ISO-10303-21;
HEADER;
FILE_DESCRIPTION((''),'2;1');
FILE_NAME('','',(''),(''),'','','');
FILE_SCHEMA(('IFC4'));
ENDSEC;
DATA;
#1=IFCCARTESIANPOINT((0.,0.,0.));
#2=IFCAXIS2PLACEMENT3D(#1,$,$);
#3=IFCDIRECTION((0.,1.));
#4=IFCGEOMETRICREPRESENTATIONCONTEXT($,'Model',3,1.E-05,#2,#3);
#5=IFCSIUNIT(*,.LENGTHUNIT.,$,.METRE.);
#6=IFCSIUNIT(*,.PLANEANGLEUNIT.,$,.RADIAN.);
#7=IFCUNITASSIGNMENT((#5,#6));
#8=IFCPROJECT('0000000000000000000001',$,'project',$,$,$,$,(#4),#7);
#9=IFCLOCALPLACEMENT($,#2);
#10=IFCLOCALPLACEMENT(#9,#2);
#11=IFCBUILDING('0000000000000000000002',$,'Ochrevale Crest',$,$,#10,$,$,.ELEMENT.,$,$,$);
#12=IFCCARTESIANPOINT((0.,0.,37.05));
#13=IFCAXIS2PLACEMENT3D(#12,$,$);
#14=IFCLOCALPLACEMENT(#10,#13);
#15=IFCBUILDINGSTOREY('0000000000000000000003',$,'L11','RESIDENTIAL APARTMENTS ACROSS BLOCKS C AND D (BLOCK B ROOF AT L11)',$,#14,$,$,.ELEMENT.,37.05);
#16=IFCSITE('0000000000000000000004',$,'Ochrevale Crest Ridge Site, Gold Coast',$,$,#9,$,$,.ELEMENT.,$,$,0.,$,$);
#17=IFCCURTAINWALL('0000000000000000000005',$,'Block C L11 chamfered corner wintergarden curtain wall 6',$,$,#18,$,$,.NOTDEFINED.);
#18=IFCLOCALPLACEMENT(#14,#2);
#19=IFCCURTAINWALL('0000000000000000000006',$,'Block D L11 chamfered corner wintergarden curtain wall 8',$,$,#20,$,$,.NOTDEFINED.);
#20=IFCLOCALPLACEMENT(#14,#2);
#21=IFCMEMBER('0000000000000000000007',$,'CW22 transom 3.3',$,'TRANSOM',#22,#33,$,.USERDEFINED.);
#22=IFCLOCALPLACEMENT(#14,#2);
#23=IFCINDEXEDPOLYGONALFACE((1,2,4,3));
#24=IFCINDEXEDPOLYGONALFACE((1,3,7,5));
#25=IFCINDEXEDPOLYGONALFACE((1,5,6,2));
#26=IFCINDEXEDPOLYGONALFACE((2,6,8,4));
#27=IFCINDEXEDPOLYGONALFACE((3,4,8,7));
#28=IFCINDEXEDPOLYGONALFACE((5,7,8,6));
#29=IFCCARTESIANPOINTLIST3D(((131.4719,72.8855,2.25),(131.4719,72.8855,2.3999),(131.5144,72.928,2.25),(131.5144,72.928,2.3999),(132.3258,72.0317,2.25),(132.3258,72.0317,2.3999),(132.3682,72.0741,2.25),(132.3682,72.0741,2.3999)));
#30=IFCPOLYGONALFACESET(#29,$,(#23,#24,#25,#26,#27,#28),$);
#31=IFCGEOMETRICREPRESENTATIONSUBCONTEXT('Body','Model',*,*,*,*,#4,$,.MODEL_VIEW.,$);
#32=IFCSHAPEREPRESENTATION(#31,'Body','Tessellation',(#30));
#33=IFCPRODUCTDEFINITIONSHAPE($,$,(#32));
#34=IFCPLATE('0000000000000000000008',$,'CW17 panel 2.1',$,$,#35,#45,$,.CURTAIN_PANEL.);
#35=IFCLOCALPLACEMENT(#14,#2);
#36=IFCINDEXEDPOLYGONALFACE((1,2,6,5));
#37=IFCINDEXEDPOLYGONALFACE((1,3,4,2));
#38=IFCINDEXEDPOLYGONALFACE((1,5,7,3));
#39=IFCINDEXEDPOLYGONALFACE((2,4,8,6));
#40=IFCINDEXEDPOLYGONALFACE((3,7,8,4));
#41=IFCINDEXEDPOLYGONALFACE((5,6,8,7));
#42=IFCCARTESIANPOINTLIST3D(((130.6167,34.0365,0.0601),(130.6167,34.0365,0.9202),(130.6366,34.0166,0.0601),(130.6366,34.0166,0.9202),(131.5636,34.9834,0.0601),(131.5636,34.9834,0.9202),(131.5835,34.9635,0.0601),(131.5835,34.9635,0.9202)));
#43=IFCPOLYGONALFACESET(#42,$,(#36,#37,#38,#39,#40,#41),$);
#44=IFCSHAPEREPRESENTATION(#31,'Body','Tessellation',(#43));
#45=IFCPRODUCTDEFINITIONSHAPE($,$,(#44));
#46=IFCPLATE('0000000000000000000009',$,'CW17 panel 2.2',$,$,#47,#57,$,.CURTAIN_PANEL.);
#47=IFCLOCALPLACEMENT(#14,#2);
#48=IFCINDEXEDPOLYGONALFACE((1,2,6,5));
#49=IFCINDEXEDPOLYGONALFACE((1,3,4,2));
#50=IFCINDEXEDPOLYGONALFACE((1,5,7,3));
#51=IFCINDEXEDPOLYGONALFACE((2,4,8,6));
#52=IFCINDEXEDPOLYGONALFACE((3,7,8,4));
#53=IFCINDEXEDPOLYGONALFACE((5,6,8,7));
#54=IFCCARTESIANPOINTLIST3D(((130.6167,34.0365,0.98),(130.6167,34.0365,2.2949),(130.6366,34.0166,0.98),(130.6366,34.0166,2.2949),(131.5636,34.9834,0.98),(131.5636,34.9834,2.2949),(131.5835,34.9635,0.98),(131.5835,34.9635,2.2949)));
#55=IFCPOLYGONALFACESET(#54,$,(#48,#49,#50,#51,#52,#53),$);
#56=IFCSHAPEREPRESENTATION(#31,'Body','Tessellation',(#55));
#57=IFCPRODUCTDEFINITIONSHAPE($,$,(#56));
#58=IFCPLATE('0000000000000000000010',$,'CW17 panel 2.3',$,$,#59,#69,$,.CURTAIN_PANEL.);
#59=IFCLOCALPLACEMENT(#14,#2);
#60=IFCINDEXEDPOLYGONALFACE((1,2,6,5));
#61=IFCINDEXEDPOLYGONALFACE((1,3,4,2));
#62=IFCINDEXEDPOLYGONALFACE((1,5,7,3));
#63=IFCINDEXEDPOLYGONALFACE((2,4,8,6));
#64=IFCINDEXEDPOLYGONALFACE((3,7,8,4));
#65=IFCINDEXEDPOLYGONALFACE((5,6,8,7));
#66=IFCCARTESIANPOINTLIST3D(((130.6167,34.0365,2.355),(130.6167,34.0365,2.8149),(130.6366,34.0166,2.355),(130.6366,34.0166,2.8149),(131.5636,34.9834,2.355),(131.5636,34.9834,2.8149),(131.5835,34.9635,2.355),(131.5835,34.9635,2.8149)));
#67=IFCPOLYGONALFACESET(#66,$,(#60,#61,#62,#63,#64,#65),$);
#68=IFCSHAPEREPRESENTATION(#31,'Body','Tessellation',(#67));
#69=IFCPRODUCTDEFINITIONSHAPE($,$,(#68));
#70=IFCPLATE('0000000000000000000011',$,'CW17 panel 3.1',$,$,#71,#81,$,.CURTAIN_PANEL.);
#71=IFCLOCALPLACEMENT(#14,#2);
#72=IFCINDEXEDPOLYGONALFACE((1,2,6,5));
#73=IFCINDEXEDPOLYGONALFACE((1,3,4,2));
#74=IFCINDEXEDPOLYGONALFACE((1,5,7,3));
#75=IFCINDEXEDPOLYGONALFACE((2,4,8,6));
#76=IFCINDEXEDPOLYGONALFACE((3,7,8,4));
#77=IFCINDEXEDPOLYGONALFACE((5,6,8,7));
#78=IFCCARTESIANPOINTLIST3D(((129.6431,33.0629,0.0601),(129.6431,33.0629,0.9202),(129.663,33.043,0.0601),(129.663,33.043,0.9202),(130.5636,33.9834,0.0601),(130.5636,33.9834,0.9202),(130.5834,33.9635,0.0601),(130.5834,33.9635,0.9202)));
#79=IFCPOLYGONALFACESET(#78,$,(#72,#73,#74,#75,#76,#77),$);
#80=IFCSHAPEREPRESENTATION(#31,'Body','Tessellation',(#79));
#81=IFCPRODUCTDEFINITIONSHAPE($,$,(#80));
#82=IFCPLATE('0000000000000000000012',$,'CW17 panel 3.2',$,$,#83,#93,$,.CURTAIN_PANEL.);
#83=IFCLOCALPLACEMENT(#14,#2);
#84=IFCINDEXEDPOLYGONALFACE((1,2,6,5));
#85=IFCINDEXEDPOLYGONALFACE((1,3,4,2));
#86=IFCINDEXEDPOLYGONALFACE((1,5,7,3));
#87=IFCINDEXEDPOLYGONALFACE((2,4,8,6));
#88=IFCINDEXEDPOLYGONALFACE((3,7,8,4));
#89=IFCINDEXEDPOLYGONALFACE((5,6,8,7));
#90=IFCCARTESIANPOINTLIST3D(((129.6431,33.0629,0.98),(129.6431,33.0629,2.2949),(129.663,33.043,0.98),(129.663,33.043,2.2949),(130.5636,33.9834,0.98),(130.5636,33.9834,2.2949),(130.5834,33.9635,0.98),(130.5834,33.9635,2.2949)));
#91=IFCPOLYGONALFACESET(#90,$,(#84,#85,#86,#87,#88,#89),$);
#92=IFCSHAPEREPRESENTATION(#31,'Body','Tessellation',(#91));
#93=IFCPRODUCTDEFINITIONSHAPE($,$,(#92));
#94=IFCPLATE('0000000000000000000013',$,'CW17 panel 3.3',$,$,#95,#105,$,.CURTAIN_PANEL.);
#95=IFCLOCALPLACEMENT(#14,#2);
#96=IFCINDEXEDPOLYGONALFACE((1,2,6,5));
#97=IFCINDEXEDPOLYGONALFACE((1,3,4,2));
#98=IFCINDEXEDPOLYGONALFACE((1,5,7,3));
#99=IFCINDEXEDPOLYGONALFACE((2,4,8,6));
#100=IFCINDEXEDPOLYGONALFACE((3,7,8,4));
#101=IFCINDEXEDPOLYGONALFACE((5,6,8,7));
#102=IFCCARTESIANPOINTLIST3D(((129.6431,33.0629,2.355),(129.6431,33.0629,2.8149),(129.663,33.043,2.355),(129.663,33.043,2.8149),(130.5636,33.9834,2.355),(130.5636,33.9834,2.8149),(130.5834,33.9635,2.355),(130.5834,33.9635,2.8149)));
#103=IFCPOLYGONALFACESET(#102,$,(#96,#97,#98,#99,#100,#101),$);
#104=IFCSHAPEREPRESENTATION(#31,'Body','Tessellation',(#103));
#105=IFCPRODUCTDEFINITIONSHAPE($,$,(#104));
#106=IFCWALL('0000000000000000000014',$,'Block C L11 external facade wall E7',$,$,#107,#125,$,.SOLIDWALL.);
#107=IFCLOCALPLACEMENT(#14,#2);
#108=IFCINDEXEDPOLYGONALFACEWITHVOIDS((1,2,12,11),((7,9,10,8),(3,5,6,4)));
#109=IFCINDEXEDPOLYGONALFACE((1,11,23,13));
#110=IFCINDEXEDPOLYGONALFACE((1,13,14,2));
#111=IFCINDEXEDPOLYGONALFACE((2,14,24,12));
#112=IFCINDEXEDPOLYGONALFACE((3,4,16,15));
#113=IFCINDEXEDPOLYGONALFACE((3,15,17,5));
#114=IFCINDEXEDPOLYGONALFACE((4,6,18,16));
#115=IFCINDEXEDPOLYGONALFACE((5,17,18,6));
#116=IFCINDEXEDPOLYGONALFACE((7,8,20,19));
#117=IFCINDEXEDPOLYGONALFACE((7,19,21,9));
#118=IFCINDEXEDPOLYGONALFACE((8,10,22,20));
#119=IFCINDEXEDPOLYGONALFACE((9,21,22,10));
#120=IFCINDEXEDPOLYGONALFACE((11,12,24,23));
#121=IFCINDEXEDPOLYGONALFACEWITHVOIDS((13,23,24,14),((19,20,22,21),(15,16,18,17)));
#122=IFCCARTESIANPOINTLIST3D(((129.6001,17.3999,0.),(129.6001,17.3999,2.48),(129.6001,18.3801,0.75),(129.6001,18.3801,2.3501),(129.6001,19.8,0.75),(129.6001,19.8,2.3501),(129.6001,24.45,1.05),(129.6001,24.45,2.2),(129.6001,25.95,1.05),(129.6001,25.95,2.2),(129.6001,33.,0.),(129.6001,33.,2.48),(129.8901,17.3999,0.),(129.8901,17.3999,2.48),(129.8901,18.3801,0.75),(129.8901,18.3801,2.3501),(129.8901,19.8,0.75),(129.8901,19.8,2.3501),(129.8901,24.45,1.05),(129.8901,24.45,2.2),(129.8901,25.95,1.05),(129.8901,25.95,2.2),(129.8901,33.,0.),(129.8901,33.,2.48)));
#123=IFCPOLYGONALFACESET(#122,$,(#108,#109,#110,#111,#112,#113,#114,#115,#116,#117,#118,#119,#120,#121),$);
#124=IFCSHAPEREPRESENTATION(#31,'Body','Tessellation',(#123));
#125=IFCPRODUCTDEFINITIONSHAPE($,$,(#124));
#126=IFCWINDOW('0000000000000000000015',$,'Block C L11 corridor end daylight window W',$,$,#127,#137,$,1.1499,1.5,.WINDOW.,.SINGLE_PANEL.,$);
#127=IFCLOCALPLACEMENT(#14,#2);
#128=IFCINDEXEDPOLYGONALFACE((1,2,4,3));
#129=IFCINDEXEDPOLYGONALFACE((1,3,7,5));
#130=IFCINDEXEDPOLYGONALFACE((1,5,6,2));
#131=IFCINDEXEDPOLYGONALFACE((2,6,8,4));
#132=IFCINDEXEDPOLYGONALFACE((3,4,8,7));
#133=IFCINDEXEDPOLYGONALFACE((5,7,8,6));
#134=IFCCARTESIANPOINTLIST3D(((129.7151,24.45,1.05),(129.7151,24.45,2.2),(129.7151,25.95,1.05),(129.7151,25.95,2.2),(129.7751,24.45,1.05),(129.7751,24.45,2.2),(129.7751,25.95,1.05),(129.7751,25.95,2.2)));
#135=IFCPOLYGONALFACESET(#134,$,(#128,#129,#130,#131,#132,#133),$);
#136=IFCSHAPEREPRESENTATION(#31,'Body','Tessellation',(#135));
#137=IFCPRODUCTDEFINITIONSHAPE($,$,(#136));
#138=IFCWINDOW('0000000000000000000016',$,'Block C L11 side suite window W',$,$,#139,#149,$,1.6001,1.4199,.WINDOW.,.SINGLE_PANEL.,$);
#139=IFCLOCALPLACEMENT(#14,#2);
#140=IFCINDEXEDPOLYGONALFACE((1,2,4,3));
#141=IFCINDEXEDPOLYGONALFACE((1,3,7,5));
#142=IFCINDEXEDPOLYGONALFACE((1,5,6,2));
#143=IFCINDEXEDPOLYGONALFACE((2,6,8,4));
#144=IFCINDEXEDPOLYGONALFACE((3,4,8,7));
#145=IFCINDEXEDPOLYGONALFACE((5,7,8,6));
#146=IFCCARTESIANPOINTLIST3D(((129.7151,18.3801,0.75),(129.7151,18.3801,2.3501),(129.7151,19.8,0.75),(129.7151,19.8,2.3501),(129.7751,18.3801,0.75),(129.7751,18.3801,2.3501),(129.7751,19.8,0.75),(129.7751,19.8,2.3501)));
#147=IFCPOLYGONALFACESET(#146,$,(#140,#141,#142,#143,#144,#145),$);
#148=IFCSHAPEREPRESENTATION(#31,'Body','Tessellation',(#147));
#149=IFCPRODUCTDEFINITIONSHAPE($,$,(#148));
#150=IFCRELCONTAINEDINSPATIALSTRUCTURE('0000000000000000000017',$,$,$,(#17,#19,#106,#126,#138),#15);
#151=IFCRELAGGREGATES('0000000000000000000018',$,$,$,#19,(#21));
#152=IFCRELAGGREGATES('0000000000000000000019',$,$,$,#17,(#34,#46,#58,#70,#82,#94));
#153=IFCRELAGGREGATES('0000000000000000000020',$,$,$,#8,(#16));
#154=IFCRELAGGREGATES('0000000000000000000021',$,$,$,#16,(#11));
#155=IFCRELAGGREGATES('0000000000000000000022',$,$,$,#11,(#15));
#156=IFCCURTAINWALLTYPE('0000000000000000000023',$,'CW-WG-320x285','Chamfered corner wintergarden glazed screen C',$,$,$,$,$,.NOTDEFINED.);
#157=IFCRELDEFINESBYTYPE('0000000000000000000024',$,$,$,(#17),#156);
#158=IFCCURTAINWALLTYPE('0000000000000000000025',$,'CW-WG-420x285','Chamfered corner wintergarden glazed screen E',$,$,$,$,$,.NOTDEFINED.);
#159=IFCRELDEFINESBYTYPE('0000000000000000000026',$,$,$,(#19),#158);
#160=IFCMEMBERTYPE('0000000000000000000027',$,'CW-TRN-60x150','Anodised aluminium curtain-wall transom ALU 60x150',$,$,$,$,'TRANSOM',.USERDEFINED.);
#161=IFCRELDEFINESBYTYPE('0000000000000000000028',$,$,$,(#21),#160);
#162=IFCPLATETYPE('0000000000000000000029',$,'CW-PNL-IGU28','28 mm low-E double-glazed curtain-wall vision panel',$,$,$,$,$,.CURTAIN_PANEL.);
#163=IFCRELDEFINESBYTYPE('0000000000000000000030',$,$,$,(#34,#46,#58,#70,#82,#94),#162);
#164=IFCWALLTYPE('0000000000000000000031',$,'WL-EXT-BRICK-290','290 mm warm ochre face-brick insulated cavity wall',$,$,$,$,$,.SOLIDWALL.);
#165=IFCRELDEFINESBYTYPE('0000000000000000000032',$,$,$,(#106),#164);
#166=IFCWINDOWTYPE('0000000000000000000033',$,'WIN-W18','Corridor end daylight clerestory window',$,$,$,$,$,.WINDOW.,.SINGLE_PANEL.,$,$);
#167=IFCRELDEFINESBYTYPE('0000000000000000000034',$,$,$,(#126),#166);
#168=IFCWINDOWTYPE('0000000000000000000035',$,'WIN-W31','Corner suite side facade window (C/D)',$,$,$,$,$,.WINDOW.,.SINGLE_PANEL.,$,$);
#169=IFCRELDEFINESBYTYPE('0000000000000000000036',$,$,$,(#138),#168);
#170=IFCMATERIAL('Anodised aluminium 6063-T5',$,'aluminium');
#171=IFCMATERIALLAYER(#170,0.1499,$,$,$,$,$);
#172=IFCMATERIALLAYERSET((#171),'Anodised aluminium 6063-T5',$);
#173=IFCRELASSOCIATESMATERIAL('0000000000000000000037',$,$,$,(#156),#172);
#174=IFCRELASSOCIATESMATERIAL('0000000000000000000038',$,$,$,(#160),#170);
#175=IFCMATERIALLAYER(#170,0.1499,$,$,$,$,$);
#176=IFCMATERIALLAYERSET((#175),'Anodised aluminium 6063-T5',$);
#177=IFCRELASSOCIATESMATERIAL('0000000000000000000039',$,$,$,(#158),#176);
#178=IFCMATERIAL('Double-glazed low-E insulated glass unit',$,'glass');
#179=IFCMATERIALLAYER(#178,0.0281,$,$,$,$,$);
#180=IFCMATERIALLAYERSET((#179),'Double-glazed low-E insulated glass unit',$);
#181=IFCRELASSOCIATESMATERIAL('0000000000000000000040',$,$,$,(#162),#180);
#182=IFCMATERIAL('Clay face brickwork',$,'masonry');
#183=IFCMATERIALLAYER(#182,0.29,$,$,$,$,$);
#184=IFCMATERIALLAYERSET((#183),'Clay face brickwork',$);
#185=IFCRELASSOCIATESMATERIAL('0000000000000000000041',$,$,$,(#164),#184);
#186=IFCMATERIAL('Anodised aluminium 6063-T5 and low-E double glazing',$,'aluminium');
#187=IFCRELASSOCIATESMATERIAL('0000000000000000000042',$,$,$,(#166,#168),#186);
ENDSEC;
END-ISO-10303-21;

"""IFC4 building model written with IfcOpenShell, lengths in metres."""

from ifc_helpers import new_model, si_unit, direction, frame, frame_2d, origin, origin_2d, place, context, subcontext, project, spatial, rectangle, extrude, material, layer, layer_set, material_profile, profile_set, type_object, element, fill, aggregate, save


model = new_model("IFC4")

# Units and contexts
model_context = context("Model", 3, precision=1e-05, world=origin(), true_north=direction((0.0, 1.0)))
body_context = subcontext(model_context, "Body", "Model", "MODEL_VIEW")
ifc_project = project(units=[si_unit("LENGTHUNIT", "METRE"), si_unit("PLANEANGLEUNIT", "RADIAN")], contexts=[model_context])

# Site, building, storey
site_placement = place(None, origin())
site = spatial("IfcSite", under=ifc_project, at=site_placement, Name="Ochrevale Crest Ridge Site, Gold Coast", CompositionType="ELEMENT", RefElevation=0.0)
building_placement = place(site_placement, origin())
building = spatial("IfcBuilding", under=site, at=building_placement, Name="Ochrevale Crest", CompositionType="ELEMENT")
storey_placement = place(building_placement, frame((0.0, 0.0, 37.05)))
storey = spatial("IfcBuildingStorey", under=building, at=storey_placement, Name="L11", Description="RESIDENTIAL APARTMENTS ACROSS BLOCKS C AND D (BLOCK B ROOF AT L11)", CompositionType="ELEMENT", Elevation=37.05)

# Curtain walls, member
ifc_material_1 = material(Name="Anodised aluminium 6063-T5", Category="aluminium")
ifc_layer_1 = layer(ifc_material_1, 0.1499)
ifc_layer_set_1 = layer_set([ifc_layer_1], Name="Anodised aluminium 6063-T5")
curtain_wall_type_1 = type_object("IfcCurtainWallType", Name="CW-WG-320x285", Description="Chamfered corner wintergarden glazed screen C", PredefinedType="NOTDEFINED", material=ifc_layer_set_1)
curtain_wall_1_placement = place(storey_placement, origin())
curtain_wall_1 = element("IfcCurtainWall", 1, at=curtain_wall_1_placement, inside=storey, type_object=curtain_wall_type_1, Name="Block C L11 chamfered corner wintergarden curtain wall 6", PredefinedType="NOTDEFINED")
ifc_material_profile_1 = material_profile(ifc_material_1, rectangle(XDim=0.0601, YDim=0.1499, at=origin_2d()), Name="ALU 60x150")
ifc_profile_set_1 = profile_set([ifc_material_profile_1], Name="Anodised aluminium 6063-T5")
member_type_1 = type_object("IfcMemberType", Name="CW-TRN-60x150", Description="Anodised aluminium curtain-wall transom ALU 60x150", ElementType="TRANSOM", PredefinedType="USERDEFINED", material=ifc_profile_set_1)
ifc_layer_2 = layer(ifc_material_1, 0.1499)
ifc_layer_set_2 = layer_set([ifc_layer_2], Name="Anodised aluminium 6063-T5")
curtain_wall_type_2 = type_object("IfcCurtainWallType", Name="CW-WG-420x285", Description="Chamfered corner wintergarden glazed screen E", PredefinedType="NOTDEFINED", material=ifc_layer_set_2)
curtain_wall_2_placement = place(storey_placement, origin())
curtain_wall_2 = element("IfcCurtainWall", 2, at=curtain_wall_2_placement, inside=storey, type_object=curtain_wall_type_2, Name="Block D L11 chamfered corner wintergarden curtain wall 8", PredefinedType="NOTDEFINED")
member_1_placement = place(storey_placement, frame((131.4932, 72.9067, 2.325), z_axis=(0.707107, -0.707107, 0.0), x_axis=(0.707107, 0.707107, 0.0)))
member_1 = element("IfcMember", 3, at=member_1_placement, type_object=member_type_1, Name="CW22 transom 3.3", ObjectType="TRANSOM", PredefinedType="USERDEFINED", context=body_context, shape_type="SweptSolid", body=[
    extrude(rectangle(XDim=0.0601, YDim=0.1499, at=origin_2d()), origin(), (0.0, 0.0, 1.0), 1.2075),
])
aggregate(curtain_wall_2, [member_1])

# Plates
ifc_material_2 = material(Name="Double-glazed low-E insulated glass unit", Category="glass")
ifc_layer_3 = layer(ifc_material_2, 0.0281)
ifc_layer_set_3 = layer_set([ifc_layer_3], Name="Double-glazed low-E insulated glass unit")
plate_type = type_object("IfcPlateType", Name="CW-PNL-IGU28", Description="28 mm low-E double-glazed curtain-wall vision panel", PredefinedType="CURTAIN_PANEL", material=ifc_layer_set_3)
plate_1_placement = place(storey_placement, frame((131.1001, 34.5, 0.0601), z_axis=(0.0, 0.0, 1.0), x_axis=(-0.707107, -0.707107, 0.0)))
plate_1 = element("IfcPlate", 4, at=plate_1_placement, type_object=plate_type, Name="CW17 panel 2.1", PredefinedType="CURTAIN_PANEL", context=body_context, shape_type="SweptSolid", body=[
    extrude(rectangle(XDim=1.3391, YDim=0.0281, at=origin_2d()), origin(), (0.0, 0.0, 1.0), 0.8601),
])
plate_2_placement = place(storey_placement, frame((131.1001, 34.5, 0.98), z_axis=(0.0, 0.0, 1.0), x_axis=(-0.707107, -0.707107, 0.0)))
plate_2 = element("IfcPlate", 5, at=plate_2_placement, type_object=plate_type, Name="CW17 panel 2.2", PredefinedType="CURTAIN_PANEL", context=body_context, shape_type="SweptSolid", body=[
    extrude(rectangle(XDim=1.3391, YDim=0.0281, at=origin_2d()), origin(), (0.0, 0.0, 1.0), 1.3149),
])
plate_3_placement = place(storey_placement, frame((131.1001, 34.5, 2.355), z_axis=(0.0, 0.0, 1.0), x_axis=(-0.707107, -0.707107, 0.0)))
plate_3 = element("IfcPlate", 6, at=plate_3_placement, type_object=plate_type, Name="CW17 panel 2.3", PredefinedType="CURTAIN_PANEL", context=body_context, shape_type="SweptSolid", body=[
    extrude(rectangle(XDim=1.3391, YDim=0.0281, at=origin_2d()), origin(), (0.0, 0.0, 1.0), 0.46),
])
plate_4_placement = place(storey_placement, frame((130.1133, 33.5132, 0.0601), z_axis=(0.0, 0.0, 1.0), x_axis=(-0.707107, -0.707107, 0.0)))
plate_4 = element("IfcPlate", 7, at=plate_4_placement, type_object=plate_type, Name="CW17 panel 3.1", PredefinedType="CURTAIN_PANEL", context=body_context, shape_type="SweptSolid", body=[
    extrude(rectangle(XDim=1.3018, YDim=0.0281, at=origin_2d()), origin(), (0.0, 0.0, 1.0), 0.8601),
])
plate_5_placement = place(storey_placement, frame((130.1133, 33.5132, 0.98), z_axis=(0.0, 0.0, 1.0), x_axis=(-0.707107, -0.707107, 0.0)))
plate_5 = element("IfcPlate", 8, at=plate_5_placement, type_object=plate_type, Name="CW17 panel 3.2", PredefinedType="CURTAIN_PANEL", context=body_context, shape_type="SweptSolid", body=[
    extrude(rectangle(XDim=1.3018, YDim=0.0281, at=origin_2d()), origin(), (0.0, 0.0, 1.0), 1.3149),
])
plate_6_placement = place(storey_placement, frame((130.1133, 33.5132, 2.355), z_axis=(0.0, 0.0, 1.0), x_axis=(-0.707107, -0.707107, 0.0)))
plate_6 = element("IfcPlate", 9, at=plate_6_placement, type_object=plate_type, Name="CW17 panel 3.3", PredefinedType="CURTAIN_PANEL", context=body_context, shape_type="SweptSolid", body=[
    extrude(rectangle(XDim=1.3018, YDim=0.0281, at=origin_2d()), origin(), (0.0, 0.0, 1.0), 0.46),
])
aggregate(curtain_wall_1, [plate_1, plate_2, plate_3, plate_4, plate_5, plate_6])

# Wall, openings, windows
ifc_material_3 = material(Name="Clay face brickwork", Category="masonry")
ifc_layer_4 = layer(ifc_material_3, 0.29)
ifc_layer_set_4 = layer_set([ifc_layer_4], Name="Clay face brickwork")
wall_type_1 = type_object("IfcWallType", Name="WL-EXT-BRICK-290", Description="290 mm warm ochre face-brick insulated cavity wall", PredefinedType="SOLIDWALL", material=ifc_layer_set_4)
wall_1_placement = place(storey_placement, frame((129.7451, 33.0, 0.0), z_axis=(0.0, 0.0, 1.0), x_axis=(0.0, -1.0, 0.0)))
wall_1 = element("IfcWall", 10, at=wall_1_placement, inside=storey, type_object=wall_type_1, Name="Block C L11 external facade wall E7", PredefinedType="SOLIDWALL", context=body_context, shape_type="SweptSolid", body=[
    extrude(rectangle(XDim=15.6001, YDim=0.29, at=frame_2d((7.8, 0.0))), origin(), (0.0, 0.0, 1.0), 2.48),
])
opening_1_placement = place(wall_1_placement, frame((7.05, 0.0, 1.05)))
opening_1 = element("IfcOpeningElement", 11, at=opening_1_placement, cuts=wall_1, PredefinedType="OPENING", context=body_context, shape_type="SweptSolid", body=[
    extrude(rectangle(XDim=1.5, YDim=1.1499, at=frame_2d((0.75, 0.575))), frame((0.0, 0.155, 0.0), z_axis=(0.0, -1.0, 0.0), x_axis=(1.0, 0.0, 0.0)), (0.0, 0.0, 1.0), 0.3101),
])
opening_2_placement = place(wall_1_placement, frame((13.2, 0.0, 0.75)))
opening_2 = element("IfcOpeningElement", 12, at=opening_2_placement, cuts=wall_1, PredefinedType="OPENING", context=body_context, shape_type="SweptSolid", body=[
    extrude(rectangle(XDim=1.4199, YDim=1.6001, at=frame_2d((0.71, 0.8))), frame((0.0, 0.155, 0.0), z_axis=(0.0, -1.0, 0.0), x_axis=(1.0, 0.0, 0.0)), (0.0, 0.0, 1.0), 0.3101),
])
ifc_material_4 = material(Name="Anodised aluminium 6063-T5 and low-E double glazing", Category="aluminium")
window_type_1 = type_object("IfcWindowType", Name="WIN-W18", Description="Corridor end daylight clerestory window", PartitioningType="SINGLE_PANEL", PredefinedType="WINDOW", material=ifc_material_4)
window_1_placement = place(opening_1_placement, origin())
window_1 = element("IfcWindow", 13, at=window_1_placement, inside=storey, type_object=window_type_1, Name="Block C L11 corridor end daylight window W", OverallHeight=1.1499, OverallWidth=1.5, PartitioningType="SINGLE_PANEL", PredefinedType="WINDOW", context=body_context, shape_type="SweptSolid", body=[
    extrude(rectangle(XDim=1.5, YDim=1.1499, at=frame_2d((0.75, 0.575))), frame((0.0, 0.03, 0.0), z_axis=(0.0, -1.0, 0.0), x_axis=(1.0, 0.0, 0.0)), (0.0, 0.0, 1.0), 0.0601),
])
fill(opening_1, window_1)
window_type_2 = type_object("IfcWindowType", Name="WIN-W31", Description="Corner suite side facade window (C/D)", PartitioningType="SINGLE_PANEL", PredefinedType="WINDOW", material=ifc_material_4)
window_2_placement = place(opening_2_placement, origin())
window_2 = element("IfcWindow", 14, at=window_2_placement, inside=storey, type_object=window_type_2, Name="Block C L11 side suite window W", OverallHeight=1.6001, OverallWidth=1.4199, PartitioningType="SINGLE_PANEL", PredefinedType="WINDOW", context=body_context, shape_type="SweptSolid", body=[
    extrude(rectangle(XDim=1.4199, YDim=1.6001, at=frame_2d((0.71, 0.8))), frame((0.0, 0.03, 0.0), z_axis=(0.0, -1.0, 0.0), x_axis=(1.0, 0.0, 0.0)), (0.0, 0.0, 1.0), 0.0601),
])
fill(opening_2, window_2)

save(model, "model.ifc")
